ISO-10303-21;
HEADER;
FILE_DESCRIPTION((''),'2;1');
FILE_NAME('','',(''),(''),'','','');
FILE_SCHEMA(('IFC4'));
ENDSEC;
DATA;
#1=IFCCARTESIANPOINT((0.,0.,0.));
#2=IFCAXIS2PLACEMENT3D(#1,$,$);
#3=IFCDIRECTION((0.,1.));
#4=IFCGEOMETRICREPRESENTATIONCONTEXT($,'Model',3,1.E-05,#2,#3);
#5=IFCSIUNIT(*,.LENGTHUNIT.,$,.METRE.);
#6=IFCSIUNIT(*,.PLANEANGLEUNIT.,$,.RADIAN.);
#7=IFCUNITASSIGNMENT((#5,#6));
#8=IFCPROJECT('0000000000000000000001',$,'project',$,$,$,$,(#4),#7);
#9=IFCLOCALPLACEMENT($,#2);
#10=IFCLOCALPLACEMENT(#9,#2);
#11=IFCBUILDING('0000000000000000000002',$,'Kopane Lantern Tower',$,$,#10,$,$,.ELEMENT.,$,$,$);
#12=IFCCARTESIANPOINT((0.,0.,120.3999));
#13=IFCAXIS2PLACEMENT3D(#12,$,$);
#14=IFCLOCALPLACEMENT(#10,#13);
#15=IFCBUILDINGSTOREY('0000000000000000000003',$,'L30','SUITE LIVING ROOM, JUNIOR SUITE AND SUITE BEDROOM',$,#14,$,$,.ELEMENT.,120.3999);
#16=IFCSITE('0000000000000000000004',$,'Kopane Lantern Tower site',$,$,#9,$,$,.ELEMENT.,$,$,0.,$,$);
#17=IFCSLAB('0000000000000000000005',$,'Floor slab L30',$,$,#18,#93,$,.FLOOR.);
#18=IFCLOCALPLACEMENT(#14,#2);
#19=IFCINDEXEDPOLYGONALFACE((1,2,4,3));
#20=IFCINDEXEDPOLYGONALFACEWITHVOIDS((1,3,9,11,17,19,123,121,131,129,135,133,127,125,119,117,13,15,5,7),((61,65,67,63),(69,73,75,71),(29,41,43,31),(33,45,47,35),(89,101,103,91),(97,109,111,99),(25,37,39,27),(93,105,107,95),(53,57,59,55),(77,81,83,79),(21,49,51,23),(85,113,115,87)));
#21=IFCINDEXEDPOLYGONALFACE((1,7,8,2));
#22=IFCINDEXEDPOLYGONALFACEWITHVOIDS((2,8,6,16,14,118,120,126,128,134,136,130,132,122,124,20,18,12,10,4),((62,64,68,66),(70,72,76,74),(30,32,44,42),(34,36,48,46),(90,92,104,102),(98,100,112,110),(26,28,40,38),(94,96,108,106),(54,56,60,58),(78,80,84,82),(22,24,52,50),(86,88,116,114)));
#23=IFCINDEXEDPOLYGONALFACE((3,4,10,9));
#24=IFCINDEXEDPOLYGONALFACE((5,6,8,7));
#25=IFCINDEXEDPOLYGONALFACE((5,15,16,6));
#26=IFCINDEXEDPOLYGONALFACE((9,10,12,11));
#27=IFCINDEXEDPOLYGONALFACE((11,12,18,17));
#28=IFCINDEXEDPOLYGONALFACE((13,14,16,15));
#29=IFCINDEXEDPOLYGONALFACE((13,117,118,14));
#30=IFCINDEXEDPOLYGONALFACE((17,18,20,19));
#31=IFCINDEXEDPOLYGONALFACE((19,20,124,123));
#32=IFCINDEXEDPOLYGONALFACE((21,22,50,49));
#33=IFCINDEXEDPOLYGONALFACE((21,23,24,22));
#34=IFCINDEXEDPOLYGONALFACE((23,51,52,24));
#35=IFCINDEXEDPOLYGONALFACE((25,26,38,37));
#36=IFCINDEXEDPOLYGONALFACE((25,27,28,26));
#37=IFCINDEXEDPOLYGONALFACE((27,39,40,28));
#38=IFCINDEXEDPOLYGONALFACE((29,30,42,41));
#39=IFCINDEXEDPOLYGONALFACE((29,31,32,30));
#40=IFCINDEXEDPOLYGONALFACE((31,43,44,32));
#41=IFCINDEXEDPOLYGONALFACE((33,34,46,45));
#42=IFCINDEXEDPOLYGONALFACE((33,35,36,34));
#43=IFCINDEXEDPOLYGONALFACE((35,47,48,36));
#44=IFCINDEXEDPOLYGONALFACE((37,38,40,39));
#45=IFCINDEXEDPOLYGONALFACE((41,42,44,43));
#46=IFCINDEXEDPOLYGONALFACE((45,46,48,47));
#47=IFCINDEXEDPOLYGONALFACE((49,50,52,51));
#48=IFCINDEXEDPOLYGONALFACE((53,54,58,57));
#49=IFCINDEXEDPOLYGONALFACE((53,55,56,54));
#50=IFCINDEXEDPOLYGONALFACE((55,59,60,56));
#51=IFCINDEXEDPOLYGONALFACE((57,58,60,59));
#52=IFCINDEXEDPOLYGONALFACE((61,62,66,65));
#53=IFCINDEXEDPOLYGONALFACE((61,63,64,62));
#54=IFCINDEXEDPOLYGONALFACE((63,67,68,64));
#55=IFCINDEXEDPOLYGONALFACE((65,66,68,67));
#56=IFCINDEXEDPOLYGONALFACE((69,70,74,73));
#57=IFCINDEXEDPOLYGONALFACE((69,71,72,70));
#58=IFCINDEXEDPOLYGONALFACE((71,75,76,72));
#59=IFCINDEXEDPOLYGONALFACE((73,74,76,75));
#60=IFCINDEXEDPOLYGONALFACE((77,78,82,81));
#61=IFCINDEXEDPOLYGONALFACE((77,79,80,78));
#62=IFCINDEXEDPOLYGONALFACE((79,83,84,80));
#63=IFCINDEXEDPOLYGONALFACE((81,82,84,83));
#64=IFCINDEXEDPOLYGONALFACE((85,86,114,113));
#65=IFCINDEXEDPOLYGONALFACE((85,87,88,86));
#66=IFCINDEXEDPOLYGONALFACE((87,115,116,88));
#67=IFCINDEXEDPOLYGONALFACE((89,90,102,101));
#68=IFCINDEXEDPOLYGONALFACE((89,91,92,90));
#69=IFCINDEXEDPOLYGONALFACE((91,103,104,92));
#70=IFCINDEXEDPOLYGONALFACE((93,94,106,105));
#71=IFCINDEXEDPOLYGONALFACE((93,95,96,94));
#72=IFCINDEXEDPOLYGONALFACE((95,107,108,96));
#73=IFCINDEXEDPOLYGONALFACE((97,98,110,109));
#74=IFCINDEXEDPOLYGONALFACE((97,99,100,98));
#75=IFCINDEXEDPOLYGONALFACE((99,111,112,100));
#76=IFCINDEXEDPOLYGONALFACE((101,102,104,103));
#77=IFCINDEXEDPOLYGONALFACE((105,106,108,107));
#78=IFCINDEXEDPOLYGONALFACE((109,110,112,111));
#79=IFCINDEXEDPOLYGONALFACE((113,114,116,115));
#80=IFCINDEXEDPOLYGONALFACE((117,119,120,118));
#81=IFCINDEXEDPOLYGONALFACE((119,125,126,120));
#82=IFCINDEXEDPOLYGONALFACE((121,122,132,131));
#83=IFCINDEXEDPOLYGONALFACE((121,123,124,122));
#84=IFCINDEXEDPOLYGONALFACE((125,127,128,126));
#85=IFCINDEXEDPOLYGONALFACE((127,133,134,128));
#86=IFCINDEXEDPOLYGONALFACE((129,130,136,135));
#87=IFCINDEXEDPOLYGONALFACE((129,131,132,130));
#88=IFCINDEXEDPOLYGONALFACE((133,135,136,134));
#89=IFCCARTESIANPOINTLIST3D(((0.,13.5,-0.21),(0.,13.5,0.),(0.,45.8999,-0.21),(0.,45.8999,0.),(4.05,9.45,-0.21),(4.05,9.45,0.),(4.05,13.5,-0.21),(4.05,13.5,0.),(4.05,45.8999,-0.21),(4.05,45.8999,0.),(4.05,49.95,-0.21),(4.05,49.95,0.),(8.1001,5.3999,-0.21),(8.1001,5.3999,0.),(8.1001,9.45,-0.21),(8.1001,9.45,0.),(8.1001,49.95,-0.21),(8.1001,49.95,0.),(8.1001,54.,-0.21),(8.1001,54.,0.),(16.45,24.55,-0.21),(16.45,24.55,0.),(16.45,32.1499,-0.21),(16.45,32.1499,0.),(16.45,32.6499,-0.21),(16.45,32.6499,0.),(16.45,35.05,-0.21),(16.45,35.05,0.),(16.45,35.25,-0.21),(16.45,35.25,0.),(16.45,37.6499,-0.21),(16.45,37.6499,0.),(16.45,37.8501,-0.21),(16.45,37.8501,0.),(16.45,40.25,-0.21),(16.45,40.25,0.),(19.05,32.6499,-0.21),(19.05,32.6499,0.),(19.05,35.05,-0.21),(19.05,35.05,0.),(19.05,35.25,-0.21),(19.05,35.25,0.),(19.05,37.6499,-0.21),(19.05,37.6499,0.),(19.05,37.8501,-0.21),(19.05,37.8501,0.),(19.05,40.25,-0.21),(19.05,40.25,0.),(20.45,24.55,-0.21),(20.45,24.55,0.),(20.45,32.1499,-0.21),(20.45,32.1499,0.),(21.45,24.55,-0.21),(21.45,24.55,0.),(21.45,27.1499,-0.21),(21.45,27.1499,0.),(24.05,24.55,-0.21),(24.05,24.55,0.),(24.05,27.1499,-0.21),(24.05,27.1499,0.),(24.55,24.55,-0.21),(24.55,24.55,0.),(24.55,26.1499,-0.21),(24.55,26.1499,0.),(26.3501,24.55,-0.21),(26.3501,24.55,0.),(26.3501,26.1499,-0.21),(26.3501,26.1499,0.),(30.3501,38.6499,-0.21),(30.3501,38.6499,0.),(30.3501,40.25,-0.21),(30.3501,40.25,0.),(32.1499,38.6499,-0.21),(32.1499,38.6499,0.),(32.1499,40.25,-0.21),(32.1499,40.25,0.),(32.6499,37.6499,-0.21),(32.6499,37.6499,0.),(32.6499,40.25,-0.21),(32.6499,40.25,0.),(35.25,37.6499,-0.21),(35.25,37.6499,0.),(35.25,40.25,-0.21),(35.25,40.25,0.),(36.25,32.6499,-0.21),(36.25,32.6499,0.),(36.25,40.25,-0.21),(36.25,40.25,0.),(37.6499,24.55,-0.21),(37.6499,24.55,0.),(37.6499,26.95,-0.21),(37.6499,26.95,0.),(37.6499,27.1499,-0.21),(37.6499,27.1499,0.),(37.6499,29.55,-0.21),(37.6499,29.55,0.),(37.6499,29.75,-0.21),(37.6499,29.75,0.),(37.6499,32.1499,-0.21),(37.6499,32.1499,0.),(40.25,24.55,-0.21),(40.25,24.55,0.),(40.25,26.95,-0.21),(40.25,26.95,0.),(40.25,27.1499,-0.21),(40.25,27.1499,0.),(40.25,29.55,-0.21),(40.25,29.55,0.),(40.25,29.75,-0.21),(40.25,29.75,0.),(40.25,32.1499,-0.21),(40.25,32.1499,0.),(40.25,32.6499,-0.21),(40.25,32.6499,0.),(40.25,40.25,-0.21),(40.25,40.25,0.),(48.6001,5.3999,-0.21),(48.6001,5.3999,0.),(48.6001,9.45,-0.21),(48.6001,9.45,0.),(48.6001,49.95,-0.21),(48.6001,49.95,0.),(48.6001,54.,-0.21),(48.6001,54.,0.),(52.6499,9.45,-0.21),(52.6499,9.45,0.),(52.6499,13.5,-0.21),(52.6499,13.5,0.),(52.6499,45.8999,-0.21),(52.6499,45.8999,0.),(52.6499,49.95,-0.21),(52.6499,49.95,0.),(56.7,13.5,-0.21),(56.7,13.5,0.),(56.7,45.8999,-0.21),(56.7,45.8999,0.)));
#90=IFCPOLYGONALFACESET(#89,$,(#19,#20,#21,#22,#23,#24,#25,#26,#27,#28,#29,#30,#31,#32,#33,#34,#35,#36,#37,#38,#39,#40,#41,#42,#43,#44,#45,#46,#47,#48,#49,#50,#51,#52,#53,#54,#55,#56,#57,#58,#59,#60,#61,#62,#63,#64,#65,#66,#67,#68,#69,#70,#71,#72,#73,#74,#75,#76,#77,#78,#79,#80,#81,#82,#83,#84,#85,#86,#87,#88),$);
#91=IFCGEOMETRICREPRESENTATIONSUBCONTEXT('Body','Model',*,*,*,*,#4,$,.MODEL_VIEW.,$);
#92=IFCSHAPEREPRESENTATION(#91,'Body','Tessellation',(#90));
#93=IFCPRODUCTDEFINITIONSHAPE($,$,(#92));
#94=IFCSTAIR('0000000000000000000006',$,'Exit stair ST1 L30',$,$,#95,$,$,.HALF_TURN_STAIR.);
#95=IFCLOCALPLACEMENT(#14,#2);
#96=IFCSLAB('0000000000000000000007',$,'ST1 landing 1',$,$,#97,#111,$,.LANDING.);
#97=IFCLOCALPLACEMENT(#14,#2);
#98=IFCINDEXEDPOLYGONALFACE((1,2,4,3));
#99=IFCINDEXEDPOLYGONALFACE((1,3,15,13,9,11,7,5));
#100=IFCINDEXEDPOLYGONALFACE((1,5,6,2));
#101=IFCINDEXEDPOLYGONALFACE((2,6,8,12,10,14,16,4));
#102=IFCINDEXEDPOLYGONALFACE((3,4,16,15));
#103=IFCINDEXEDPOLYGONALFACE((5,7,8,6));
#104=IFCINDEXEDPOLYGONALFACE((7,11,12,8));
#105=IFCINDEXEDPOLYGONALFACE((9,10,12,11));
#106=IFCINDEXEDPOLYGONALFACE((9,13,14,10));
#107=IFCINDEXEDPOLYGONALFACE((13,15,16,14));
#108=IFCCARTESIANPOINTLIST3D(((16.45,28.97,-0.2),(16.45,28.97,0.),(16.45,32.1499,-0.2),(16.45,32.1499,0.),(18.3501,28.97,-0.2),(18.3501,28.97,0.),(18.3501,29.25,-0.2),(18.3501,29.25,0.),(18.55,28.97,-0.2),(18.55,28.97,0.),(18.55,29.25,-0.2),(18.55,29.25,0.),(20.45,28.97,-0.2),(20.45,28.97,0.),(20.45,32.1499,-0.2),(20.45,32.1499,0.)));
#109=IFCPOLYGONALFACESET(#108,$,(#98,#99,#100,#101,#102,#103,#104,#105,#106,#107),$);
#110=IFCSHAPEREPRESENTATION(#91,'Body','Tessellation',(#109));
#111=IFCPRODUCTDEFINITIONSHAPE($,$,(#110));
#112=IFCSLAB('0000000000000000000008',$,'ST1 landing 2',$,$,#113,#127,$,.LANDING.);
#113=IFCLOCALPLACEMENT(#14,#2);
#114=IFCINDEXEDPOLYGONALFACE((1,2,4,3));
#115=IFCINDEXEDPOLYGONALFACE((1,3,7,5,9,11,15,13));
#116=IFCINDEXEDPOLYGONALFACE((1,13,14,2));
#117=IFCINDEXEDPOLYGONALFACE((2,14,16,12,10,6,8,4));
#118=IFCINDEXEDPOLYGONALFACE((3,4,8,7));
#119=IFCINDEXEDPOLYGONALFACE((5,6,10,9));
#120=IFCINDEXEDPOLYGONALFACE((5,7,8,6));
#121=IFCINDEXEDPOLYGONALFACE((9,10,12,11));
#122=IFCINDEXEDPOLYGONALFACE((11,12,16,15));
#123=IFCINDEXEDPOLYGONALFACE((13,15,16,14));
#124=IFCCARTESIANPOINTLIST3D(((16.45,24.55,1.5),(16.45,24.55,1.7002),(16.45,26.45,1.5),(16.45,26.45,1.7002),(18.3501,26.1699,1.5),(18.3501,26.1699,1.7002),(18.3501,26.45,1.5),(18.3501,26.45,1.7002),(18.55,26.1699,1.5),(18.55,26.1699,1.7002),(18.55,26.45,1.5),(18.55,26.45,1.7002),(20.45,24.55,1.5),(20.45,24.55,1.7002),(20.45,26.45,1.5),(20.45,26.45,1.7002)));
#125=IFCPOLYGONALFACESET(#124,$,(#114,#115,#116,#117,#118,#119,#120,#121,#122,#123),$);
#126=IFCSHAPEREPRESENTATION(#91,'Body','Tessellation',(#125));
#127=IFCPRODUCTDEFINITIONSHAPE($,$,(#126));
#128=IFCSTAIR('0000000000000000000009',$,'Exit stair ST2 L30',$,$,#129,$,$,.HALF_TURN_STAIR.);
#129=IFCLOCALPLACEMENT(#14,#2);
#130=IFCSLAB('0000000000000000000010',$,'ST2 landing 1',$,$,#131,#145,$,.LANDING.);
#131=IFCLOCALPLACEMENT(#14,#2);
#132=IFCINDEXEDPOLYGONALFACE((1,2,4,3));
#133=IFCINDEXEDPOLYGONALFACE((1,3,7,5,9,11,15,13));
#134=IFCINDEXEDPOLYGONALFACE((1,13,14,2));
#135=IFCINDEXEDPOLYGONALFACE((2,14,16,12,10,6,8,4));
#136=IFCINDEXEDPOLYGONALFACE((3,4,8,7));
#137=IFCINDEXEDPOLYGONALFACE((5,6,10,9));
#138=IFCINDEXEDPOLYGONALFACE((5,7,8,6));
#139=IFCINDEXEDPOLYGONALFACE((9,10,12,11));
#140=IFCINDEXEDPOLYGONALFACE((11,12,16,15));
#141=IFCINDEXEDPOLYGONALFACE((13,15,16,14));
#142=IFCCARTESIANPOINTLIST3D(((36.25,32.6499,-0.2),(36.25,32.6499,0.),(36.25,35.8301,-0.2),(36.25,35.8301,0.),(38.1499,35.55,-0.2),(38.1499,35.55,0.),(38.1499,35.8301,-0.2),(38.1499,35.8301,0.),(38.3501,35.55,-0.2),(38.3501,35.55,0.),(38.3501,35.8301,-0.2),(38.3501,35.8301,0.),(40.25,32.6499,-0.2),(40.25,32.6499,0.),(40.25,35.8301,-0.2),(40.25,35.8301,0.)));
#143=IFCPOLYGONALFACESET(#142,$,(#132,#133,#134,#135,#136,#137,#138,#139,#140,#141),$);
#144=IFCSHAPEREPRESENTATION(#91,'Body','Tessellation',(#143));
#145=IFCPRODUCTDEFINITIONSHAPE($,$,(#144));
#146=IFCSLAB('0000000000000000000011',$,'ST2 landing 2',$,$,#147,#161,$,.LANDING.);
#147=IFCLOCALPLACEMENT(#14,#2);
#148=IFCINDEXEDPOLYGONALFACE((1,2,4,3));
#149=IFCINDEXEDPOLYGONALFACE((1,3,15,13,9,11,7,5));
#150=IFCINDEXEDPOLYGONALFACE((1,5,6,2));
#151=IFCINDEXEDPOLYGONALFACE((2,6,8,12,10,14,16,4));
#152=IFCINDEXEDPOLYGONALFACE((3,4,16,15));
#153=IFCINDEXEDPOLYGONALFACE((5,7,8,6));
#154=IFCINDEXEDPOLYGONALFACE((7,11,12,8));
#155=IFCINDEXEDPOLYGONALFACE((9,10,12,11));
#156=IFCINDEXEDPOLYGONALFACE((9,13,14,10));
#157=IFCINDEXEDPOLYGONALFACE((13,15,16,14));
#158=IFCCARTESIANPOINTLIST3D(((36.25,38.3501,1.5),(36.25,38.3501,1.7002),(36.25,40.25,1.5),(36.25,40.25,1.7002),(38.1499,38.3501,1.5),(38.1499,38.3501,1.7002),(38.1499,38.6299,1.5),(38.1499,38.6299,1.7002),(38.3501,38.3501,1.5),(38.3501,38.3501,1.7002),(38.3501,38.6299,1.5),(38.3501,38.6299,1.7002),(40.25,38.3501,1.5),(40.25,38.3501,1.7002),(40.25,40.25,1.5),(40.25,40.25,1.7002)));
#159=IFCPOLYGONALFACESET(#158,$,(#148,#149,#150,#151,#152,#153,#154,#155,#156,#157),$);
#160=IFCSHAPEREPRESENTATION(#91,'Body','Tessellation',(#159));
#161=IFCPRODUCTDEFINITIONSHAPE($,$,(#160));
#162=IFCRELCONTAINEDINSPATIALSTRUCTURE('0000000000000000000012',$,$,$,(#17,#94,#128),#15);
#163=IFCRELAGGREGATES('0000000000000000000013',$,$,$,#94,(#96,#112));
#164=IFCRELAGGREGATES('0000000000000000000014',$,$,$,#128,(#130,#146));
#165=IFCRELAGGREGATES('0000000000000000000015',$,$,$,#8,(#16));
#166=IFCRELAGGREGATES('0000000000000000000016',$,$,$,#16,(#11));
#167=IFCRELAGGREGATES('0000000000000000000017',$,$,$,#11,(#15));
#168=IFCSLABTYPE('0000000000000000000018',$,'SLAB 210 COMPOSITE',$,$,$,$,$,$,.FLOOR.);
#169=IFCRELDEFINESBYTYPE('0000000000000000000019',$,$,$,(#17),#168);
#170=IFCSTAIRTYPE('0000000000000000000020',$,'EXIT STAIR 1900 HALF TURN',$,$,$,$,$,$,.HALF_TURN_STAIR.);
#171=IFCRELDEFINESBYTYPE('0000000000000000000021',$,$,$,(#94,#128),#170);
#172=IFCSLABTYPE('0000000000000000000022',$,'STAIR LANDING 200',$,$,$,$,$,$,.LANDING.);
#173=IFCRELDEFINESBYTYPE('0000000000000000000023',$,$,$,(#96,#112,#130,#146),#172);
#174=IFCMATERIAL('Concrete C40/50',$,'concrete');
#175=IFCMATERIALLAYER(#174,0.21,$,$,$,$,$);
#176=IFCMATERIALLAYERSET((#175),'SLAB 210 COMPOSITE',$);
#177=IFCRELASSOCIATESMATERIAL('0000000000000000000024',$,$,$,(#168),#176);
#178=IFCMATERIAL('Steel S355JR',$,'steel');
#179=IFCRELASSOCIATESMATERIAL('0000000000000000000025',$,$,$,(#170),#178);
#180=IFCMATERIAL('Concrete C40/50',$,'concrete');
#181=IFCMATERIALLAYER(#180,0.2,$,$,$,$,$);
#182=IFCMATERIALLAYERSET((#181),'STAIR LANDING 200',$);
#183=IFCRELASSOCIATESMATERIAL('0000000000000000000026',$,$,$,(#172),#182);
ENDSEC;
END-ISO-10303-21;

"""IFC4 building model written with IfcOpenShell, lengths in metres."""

from ifc_helpers import new_model, si_unit, direction, frame, origin, place, context, subcontext, project, spatial, polyline, outline, extrude, material, layer, layer_set, type_object, element, aggregate, save


model = new_model("IFC4")

# Units and contexts
model_context = context("Model", 3, precision=1e-05, world=origin(), true_north=direction((0.0, 1.0)))
body_context = subcontext(model_context, "Body", "Model", "MODEL_VIEW")
ifc_project = project(units=[si_unit("LENGTHUNIT", "METRE"), si_unit("PLANEANGLEUNIT", "RADIAN")], contexts=[model_context])

# Site, building, storey
site_placement = place(None, origin())
site = spatial("IfcSite", under=ifc_project, at=site_placement, Name="Kopane Lantern Tower site", CompositionType="ELEMENT", RefElevation=0.0)
building_placement = place(site_placement, origin())
building = spatial("IfcBuilding", under=site, at=building_placement, Name="Kopane Lantern Tower", CompositionType="ELEMENT")
storey_placement = place(building_placement, frame((0.0, 0.0, 120.3999)))
storey = spatial("IfcBuildingStorey", under=building, at=storey_placement, Name="L30", Description="SUITE LIVING ROOM, JUNIOR SUITE AND SUITE BEDROOM", CompositionType="ELEMENT", Elevation=120.3999)

# Slab
ifc_material_1 = material(Name="Concrete C40/50", Category="concrete")
ifc_layer_1 = layer(ifc_material_1, 0.21)
ifc_layer_set_1 = layer_set([ifc_layer_1], Name="SLAB 210 COMPOSITE")
slab_type_1 = type_object("IfcSlabType", Name="SLAB 210 COMPOSITE", PredefinedType="FLOOR", material=ifc_layer_set_1)
slab_1_placement = place(storey_placement, frame((0.0, 0.0, -0.21)))
element("IfcSlab", 1, at=slab_1_placement, inside=storey, type_object=slab_type_1, Name="Floor slab L30", PredefinedType="FLOOR", context=body_context, shape_type="SweptSolid", body=[
    extrude(outline(polyline([(8.1001, 5.3999), (48.6001, 5.3999), (48.6001, 9.45), (52.6499, 9.45), (52.6499, 13.5), (56.7, 13.5), (56.7, 45.8999), (52.6499, 45.8999), (52.6499, 49.95), (48.6001, 49.95), (48.6001, 54.0), (8.1001, 54.0), (8.1001, 49.95), (4.05, 49.95), (4.05, 45.8999), (0.0, 45.8999), (0.0, 13.5), (4.05, 13.5), (4.05, 9.45), (8.1001, 9.45), (8.1001, 5.3999)]), holes=[polyline([(16.45, 24.55), (20.45, 24.55), (20.45, 32.1499), (16.45, 32.1499), (16.45, 24.55)]), polyline([(36.25, 32.6499), (40.25, 32.6499), (40.25, 40.25), (36.25, 40.25), (36.25, 32.6499)]), polyline([(16.45, 32.6499), (19.05, 32.6499), (19.05, 35.05), (16.45, 35.05), (16.45, 32.6499)]), polyline([(16.45, 35.25), (19.05, 35.25), (19.05, 37.6499), (16.45, 37.6499), (16.45, 35.25)]), polyline([(16.45, 37.8501), (19.05, 37.8501), (19.05, 40.25), (16.45, 40.25), (16.45, 37.8501)]), polyline([(37.6499, 24.55), (40.25, 24.55), (40.25, 26.95), (37.6499, 26.95), (37.6499, 24.55)]), polyline([(37.6499, 27.1499), (40.25, 27.1499), (40.25, 29.55), (37.6499, 29.55), (37.6499, 27.1499)]), polyline([(37.6499, 29.75), (40.25, 29.75), (40.25, 32.1499), (37.6499, 32.1499), (37.6499, 29.75)]), polyline([(21.45, 24.55), (24.05, 24.55), (24.05, 27.1499), (21.45, 27.1499), (21.45, 24.55)]), polyline([(32.6499, 37.6499), (35.25, 37.6499), (35.25, 40.25), (32.6499, 40.25), (32.6499, 37.6499)]), polyline([(24.55, 24.55), (26.3501, 24.55), (26.3501, 26.1499), (24.55, 26.1499), (24.55, 24.55)]), polyline([(30.3501, 38.6499), (32.1499, 38.6499), (32.1499, 40.25), (30.3501, 40.25), (30.3501, 38.6499)])]), origin(), (0.0, 0.0, 1.0), 0.21),
])

# Stairs, slabs
ifc_material_2 = material(Name="Steel S355JR", Category="steel")
stair_type = type_object("IfcStairType", Name="EXIT STAIR 1900 HALF TURN", PredefinedType="HALF_TURN_STAIR", material=ifc_material_2)
stair_1_placement = place(storey_placement, origin())
stair_1 = element("IfcStair", 2, at=stair_1_placement, inside=storey, type_object=stair_type, Name="Exit stair ST1 L30", PredefinedType="HALF_TURN_STAIR")
ifc_material_3 = material(Name="Concrete C40/50", Category="concrete")
ifc_layer_2 = layer(ifc_material_3, 0.2)
ifc_layer_set_2 = layer_set([ifc_layer_2], Name="STAIR LANDING 200")
slab_type_2 = type_object("IfcSlabType", Name="STAIR LANDING 200", PredefinedType="LANDING", material=ifc_layer_set_2)
slab_2_placement = place(storey_placement, frame((0.0, 0.0, -0.2)))
slab_2 = element("IfcSlab", 3, at=slab_2_placement, type_object=slab_type_2, Name="ST1 landing 1", PredefinedType="LANDING", context=body_context, shape_type="SweptSolid", body=[
    extrude(outline(polyline([(18.3501, 29.25), (18.55, 29.25), (18.55, 28.97), (20.45, 28.97), (20.45, 32.1499), (16.45, 32.1499), (16.45, 28.97), (18.3501, 28.97), (18.3501, 29.25)])), origin(), (0.0, 0.0, 1.0), 0.2),
])
slab_3_placement = place(storey_placement, frame((0.0, 0.0, 1.5)))
slab_3 = element("IfcSlab", 4, at=slab_3_placement, type_object=slab_type_2, Name="ST1 landing 2", PredefinedType="LANDING", context=body_context, shape_type="SweptSolid", body=[
    extrude(outline(polyline([(20.45, 26.45), (18.55, 26.45), (18.55, 26.1699), (18.3501, 26.1699), (18.3501, 26.45), (16.45, 26.45), (16.45, 24.55), (20.45, 24.55), (20.45, 26.45)])), origin(), (0.0, 0.0, 1.0), 0.2002),
])
aggregate(stair_1, [slab_2, slab_3])
stair_2_placement = place(storey_placement, origin())
stair_2 = element("IfcStair", 5, at=stair_2_placement, inside=storey, type_object=stair_type, Name="Exit stair ST2 L30", PredefinedType="HALF_TURN_STAIR")
slab_4_placement = place(storey_placement, frame((0.0, 0.0, -0.2)))
slab_4 = element("IfcSlab", 6, at=slab_4_placement, type_object=slab_type_2, Name="ST2 landing 1", PredefinedType="LANDING", context=body_context, shape_type="SweptSolid", body=[
    extrude(outline(polyline([(40.25, 35.8301), (38.3501, 35.8301), (38.3501, 35.55), (38.1499, 35.55), (38.1499, 35.8301), (36.25, 35.8301), (36.25, 32.6499), (40.25, 32.6499), (40.25, 35.8301)])), origin(), (0.0, 0.0, 1.0), 0.2),
])
slab_5_placement = place(storey_placement, frame((0.0, 0.0, 1.5)))
slab_5 = element("IfcSlab", 7, at=slab_5_placement, type_object=slab_type_2, Name="ST2 landing 2", PredefinedType="LANDING", context=body_context, shape_type="SweptSolid", body=[
    extrude(outline(polyline([(38.1499, 38.6299), (38.3501, 38.6299), (38.3501, 38.3501), (40.25, 38.3501), (40.25, 40.25), (36.25, 40.25), (36.25, 38.3501), (38.1499, 38.3501), (38.1499, 38.6299)])), origin(), (0.0, 0.0, 1.0), 0.2002),
])
aggregate(stair_2, [slab_4, slab_5])

save(model, "model.ifc")
